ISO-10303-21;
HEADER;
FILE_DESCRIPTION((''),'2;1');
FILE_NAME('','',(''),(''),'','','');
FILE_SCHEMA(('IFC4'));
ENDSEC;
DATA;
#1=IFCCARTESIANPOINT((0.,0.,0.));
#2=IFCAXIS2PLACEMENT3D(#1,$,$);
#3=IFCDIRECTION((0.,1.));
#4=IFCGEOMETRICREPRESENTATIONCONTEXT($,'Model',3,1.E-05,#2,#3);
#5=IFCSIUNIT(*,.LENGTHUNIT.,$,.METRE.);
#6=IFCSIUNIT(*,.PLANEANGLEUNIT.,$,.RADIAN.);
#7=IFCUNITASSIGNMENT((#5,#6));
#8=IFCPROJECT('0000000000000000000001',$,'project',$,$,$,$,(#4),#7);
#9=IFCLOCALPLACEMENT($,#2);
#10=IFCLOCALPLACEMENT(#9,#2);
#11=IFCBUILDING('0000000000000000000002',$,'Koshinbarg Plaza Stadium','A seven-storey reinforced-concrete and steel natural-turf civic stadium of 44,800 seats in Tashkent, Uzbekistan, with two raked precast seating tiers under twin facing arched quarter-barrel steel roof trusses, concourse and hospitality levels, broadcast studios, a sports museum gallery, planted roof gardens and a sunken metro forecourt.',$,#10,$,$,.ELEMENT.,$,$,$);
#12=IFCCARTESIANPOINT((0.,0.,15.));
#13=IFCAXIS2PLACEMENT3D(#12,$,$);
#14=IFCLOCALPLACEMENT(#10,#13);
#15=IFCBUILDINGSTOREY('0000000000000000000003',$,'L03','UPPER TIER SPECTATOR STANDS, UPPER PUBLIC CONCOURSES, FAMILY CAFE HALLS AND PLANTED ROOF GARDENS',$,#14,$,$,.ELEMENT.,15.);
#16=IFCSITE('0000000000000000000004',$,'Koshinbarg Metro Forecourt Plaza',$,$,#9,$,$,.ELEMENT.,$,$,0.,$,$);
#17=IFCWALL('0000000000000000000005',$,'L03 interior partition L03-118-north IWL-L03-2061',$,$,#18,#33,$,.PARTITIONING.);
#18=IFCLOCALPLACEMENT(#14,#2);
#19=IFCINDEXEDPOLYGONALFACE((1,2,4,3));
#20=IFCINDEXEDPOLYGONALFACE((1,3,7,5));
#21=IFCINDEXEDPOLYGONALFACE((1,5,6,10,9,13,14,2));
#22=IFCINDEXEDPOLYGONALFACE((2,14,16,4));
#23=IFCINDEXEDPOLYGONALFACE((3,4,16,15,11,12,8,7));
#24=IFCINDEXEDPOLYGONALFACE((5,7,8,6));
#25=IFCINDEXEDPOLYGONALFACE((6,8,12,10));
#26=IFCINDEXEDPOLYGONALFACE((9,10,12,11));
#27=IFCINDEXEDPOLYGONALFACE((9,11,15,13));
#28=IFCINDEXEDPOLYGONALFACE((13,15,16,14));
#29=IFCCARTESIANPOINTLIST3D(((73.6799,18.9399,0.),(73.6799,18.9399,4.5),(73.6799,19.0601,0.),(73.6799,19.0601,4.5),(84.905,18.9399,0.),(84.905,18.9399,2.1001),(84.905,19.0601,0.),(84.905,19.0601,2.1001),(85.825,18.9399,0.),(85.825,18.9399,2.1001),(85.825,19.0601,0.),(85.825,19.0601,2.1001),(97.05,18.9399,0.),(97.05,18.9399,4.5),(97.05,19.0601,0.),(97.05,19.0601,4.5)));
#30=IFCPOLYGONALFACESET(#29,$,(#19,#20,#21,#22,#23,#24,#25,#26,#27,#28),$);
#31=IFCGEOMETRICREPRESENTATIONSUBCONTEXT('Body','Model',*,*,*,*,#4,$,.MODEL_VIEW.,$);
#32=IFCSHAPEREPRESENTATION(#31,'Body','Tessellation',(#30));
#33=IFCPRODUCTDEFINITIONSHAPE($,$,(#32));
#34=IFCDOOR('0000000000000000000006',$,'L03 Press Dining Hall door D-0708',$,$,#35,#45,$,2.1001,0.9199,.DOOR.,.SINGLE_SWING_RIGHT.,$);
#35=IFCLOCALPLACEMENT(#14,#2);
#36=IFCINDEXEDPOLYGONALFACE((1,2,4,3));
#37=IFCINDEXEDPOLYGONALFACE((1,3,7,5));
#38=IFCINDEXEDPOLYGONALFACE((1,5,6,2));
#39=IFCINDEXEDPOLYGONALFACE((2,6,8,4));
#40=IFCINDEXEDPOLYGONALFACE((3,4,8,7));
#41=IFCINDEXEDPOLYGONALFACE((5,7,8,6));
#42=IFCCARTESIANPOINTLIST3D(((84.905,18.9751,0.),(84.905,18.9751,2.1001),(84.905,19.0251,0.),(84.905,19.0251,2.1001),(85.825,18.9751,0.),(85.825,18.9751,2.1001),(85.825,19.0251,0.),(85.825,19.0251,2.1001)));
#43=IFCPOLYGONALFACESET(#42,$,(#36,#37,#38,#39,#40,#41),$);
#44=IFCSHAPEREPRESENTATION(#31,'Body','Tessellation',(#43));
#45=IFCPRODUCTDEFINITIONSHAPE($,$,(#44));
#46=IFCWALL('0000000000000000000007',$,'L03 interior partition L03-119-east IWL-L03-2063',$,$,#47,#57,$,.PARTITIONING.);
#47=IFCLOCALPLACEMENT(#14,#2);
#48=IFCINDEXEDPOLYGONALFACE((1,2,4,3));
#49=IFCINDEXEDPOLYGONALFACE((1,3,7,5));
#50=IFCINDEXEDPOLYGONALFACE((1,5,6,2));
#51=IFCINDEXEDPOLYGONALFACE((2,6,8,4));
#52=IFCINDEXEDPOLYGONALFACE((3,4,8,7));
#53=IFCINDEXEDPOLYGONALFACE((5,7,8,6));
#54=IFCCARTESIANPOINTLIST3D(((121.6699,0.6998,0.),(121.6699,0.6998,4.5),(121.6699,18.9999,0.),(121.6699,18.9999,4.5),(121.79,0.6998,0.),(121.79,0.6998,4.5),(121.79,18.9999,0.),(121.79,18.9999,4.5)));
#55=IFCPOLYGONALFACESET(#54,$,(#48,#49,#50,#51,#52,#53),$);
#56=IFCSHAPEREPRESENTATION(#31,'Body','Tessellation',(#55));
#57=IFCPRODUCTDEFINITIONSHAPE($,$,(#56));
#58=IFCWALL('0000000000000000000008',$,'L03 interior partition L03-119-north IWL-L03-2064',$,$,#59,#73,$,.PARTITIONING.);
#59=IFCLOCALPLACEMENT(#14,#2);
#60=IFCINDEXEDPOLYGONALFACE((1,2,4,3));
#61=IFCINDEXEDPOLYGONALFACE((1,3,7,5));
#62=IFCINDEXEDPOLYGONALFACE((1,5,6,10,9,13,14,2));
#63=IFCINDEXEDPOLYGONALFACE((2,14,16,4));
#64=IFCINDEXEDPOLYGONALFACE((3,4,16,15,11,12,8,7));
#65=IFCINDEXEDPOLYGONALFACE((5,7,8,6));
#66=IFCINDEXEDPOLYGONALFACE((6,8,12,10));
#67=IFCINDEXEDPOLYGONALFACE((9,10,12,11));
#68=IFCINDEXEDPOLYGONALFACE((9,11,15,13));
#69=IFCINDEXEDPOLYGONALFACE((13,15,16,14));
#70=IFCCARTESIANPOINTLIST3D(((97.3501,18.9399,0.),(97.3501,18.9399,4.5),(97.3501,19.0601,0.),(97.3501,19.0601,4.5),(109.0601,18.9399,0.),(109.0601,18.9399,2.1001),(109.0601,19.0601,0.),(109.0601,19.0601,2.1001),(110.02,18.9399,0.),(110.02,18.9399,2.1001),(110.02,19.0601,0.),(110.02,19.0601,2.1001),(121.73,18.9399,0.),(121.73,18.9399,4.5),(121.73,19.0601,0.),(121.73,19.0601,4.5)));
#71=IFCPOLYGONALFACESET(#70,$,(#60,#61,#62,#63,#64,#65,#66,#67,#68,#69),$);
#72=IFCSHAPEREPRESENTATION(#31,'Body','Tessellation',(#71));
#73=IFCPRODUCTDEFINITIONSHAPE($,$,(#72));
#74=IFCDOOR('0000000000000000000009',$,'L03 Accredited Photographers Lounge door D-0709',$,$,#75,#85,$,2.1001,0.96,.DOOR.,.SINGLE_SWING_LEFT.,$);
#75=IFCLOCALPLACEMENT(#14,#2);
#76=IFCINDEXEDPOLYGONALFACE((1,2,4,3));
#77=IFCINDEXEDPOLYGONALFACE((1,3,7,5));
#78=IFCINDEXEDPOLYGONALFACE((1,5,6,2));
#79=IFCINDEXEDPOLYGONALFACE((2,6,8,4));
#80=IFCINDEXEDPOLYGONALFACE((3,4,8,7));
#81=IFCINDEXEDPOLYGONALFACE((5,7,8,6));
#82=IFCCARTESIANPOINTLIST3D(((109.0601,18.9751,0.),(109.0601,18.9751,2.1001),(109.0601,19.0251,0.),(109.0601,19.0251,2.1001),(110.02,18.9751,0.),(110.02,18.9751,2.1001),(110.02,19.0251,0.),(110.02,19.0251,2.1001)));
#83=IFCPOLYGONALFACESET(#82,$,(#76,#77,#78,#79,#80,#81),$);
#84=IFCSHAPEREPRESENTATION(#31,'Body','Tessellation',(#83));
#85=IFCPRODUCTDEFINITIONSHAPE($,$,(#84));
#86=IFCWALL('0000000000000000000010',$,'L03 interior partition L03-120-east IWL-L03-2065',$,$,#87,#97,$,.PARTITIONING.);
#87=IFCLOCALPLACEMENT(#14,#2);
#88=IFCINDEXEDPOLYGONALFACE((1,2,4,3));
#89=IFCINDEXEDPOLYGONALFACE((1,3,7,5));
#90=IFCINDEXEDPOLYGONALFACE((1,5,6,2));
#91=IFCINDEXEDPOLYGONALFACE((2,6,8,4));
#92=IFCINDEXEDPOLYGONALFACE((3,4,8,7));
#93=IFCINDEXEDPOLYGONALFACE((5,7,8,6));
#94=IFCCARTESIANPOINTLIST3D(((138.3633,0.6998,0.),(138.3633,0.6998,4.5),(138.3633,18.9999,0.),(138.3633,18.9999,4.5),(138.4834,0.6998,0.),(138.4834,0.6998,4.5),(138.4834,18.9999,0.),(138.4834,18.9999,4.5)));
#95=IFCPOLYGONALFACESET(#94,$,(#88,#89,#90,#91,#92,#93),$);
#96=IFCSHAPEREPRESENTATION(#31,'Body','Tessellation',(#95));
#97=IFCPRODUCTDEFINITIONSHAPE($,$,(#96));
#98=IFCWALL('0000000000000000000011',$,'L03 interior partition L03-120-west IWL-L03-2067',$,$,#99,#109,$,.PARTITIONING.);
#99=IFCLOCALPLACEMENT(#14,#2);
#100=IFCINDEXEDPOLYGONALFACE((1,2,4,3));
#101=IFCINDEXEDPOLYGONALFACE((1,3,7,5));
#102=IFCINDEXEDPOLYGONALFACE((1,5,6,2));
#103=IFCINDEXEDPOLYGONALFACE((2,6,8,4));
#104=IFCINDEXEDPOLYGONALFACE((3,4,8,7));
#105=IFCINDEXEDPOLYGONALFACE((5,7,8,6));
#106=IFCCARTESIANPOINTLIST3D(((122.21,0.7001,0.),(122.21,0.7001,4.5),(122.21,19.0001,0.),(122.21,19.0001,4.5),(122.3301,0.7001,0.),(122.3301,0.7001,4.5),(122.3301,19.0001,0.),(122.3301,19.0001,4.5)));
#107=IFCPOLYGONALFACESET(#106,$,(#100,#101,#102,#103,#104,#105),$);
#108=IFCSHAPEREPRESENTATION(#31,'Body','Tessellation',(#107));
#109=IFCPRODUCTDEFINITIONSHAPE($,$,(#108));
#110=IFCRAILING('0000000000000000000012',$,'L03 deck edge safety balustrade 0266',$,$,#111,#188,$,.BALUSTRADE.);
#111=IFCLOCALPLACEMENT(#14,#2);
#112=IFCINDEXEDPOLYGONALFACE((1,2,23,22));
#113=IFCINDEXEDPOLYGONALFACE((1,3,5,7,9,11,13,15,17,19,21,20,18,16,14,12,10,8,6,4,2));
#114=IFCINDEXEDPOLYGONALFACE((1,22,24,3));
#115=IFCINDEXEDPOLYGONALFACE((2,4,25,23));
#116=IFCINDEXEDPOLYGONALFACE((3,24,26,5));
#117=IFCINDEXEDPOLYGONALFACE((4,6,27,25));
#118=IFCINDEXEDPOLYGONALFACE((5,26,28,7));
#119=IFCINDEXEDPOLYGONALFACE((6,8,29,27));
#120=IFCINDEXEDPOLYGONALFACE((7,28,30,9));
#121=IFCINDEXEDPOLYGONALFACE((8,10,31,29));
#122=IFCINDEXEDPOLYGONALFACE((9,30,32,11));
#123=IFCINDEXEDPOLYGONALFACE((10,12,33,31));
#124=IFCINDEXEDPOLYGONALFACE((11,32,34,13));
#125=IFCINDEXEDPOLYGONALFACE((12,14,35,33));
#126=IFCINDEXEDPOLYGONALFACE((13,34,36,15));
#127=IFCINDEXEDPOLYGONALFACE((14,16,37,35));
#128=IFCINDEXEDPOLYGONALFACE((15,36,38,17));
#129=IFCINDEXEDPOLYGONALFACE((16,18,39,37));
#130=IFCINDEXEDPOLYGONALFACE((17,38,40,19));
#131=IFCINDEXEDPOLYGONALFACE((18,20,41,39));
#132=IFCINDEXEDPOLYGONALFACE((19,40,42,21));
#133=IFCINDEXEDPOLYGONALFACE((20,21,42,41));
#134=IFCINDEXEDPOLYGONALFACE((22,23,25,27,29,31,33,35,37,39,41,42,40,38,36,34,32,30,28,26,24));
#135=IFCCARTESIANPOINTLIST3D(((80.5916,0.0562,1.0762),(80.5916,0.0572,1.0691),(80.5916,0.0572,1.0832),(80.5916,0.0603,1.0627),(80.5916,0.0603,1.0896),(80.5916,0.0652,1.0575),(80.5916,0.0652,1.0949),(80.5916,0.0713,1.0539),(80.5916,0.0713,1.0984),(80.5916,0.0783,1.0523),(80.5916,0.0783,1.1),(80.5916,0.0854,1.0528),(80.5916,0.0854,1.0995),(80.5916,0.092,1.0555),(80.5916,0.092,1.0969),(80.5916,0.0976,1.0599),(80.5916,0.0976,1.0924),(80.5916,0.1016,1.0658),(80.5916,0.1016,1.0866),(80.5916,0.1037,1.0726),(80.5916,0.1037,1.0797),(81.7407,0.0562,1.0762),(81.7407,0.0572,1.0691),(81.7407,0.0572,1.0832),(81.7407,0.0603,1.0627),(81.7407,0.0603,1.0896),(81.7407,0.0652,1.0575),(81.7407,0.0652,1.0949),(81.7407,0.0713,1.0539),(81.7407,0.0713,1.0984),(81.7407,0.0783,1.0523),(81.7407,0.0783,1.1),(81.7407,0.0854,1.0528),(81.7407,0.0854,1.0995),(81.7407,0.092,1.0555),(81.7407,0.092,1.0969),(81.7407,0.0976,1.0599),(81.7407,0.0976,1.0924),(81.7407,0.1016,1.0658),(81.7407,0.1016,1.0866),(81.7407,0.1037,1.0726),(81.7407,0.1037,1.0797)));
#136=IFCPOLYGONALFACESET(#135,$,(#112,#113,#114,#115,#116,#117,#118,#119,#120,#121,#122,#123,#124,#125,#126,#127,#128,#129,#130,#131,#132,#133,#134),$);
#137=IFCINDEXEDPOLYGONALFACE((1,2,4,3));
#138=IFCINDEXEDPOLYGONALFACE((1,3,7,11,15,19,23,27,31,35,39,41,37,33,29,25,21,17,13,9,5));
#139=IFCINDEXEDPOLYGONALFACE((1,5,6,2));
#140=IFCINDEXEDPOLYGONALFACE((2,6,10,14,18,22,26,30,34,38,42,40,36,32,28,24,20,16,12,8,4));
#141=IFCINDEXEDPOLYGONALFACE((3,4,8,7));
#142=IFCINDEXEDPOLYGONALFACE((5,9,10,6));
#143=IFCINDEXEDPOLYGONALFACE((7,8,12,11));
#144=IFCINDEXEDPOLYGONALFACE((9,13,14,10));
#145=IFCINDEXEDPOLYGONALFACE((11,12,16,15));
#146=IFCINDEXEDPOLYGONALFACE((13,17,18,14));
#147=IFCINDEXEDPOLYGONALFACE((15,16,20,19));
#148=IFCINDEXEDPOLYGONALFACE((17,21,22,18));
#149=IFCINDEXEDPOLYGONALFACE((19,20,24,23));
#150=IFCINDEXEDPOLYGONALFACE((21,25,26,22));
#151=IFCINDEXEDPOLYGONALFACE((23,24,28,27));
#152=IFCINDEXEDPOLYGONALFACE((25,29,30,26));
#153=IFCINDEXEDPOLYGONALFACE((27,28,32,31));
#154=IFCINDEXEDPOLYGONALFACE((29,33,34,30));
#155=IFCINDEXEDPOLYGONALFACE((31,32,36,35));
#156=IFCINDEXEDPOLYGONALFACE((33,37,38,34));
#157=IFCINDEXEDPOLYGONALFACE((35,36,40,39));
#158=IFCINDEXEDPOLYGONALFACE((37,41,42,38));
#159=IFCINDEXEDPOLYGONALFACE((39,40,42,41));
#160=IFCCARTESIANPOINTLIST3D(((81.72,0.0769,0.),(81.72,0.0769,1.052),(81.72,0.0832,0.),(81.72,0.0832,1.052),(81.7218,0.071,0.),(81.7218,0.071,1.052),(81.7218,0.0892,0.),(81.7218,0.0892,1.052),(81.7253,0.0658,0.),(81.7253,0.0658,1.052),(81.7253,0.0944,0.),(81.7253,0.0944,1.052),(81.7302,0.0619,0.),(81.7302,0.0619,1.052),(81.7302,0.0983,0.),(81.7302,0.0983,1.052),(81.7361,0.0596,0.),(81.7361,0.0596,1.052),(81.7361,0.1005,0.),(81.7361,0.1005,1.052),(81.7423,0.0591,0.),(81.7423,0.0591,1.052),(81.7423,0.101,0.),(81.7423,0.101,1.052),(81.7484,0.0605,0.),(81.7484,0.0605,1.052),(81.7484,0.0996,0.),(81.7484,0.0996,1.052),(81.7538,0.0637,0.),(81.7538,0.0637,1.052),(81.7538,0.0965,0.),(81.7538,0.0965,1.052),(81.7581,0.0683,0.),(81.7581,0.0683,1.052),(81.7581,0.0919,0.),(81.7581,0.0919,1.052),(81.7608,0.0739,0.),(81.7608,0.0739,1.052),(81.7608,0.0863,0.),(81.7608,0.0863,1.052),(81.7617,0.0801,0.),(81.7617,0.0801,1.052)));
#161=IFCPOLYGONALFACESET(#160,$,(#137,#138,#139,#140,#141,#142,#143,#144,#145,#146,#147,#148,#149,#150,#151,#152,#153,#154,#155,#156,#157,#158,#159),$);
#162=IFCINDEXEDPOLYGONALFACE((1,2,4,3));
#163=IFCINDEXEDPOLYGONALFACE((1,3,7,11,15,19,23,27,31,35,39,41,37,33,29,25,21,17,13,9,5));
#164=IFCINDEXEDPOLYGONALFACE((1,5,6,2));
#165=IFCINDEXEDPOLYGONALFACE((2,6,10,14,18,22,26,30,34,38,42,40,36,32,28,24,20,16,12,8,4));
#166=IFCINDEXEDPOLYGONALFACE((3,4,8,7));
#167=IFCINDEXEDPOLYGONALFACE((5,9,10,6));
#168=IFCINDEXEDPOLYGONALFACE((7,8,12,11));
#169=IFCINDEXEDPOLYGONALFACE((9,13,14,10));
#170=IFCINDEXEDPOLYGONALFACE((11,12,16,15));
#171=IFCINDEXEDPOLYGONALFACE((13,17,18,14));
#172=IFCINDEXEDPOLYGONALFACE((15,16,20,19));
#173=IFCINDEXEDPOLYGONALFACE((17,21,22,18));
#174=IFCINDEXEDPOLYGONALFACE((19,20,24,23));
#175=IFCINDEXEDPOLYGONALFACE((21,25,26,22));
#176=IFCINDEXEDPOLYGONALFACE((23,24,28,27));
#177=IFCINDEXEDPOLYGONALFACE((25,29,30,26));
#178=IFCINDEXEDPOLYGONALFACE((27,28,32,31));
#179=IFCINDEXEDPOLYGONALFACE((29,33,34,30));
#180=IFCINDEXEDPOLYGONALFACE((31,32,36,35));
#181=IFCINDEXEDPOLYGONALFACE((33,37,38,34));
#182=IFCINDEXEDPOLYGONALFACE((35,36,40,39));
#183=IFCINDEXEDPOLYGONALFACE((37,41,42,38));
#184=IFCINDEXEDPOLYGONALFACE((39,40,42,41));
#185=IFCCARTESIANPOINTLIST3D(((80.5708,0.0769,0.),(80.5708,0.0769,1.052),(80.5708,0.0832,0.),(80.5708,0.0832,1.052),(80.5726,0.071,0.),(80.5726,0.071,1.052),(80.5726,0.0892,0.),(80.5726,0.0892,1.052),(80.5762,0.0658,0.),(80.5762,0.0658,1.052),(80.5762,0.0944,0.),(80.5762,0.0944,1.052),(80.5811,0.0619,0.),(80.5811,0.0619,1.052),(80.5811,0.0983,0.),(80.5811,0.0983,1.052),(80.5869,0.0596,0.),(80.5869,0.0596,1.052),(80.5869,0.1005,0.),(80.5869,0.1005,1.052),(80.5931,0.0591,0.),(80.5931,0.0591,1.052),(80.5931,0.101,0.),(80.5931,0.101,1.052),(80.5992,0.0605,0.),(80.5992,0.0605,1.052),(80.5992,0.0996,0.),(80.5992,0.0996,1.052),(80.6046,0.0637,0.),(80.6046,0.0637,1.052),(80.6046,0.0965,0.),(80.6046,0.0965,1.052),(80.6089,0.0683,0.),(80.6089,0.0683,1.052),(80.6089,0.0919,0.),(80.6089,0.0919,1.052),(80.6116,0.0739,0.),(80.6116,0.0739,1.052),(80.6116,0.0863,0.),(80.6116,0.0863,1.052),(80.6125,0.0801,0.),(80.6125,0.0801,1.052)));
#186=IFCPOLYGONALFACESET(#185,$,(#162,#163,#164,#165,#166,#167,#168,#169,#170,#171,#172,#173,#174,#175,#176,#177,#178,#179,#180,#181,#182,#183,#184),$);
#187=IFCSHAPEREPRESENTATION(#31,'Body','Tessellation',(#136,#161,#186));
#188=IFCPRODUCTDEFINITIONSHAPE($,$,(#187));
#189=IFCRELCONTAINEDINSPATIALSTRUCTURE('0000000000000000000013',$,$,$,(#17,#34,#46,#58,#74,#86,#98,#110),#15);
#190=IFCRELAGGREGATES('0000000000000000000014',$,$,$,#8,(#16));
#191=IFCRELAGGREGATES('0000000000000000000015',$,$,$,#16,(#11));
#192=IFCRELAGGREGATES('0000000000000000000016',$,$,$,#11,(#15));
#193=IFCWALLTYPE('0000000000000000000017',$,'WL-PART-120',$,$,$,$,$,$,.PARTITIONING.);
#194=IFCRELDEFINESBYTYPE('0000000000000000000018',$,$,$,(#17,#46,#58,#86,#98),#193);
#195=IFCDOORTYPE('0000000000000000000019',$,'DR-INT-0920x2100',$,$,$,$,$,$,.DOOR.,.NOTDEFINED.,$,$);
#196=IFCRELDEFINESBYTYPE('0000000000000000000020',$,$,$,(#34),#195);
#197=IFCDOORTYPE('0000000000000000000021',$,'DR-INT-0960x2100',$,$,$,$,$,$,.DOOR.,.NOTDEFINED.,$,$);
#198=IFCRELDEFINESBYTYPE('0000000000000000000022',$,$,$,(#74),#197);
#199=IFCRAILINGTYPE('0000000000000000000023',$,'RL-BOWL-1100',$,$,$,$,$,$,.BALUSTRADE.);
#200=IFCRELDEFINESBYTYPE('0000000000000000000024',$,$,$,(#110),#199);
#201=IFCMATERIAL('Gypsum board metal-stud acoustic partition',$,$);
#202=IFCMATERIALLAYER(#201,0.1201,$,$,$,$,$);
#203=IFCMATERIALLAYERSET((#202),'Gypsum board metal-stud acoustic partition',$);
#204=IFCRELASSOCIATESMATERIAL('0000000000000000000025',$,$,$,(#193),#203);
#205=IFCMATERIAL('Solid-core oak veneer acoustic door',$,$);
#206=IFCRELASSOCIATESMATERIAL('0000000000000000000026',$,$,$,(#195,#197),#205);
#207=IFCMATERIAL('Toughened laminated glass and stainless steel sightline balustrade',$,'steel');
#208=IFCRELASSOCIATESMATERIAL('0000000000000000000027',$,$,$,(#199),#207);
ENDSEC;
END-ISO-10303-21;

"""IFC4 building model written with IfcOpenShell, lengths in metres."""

from ifc_helpers import new_model, si_unit, direction, frame, frame_2d, origin, origin_2d, place, context, subcontext, project, spatial, rectangle, circle, extrude, material, layer, layer_set, type_object, element, fill, save


model = new_model("IFC4")

# Units and contexts
model_context = context("Model", 3, precision=1e-05, world=origin(), true_north=direction((0.0, 1.0)))
body_context = subcontext(model_context, "Body", "Model", "MODEL_VIEW")
ifc_project = project(units=[si_unit("LENGTHUNIT", "METRE"), si_unit("PLANEANGLEUNIT", "RADIAN")], contexts=[model_context])

# Site, building, storey
site_placement = place(None, origin())
site = spatial("IfcSite", under=ifc_project, at=site_placement, Name="Koshinbarg Metro Forecourt Plaza", CompositionType="ELEMENT", RefElevation=0.0)
building_placement = place(site_placement, origin())
building = spatial("IfcBuilding", under=site, at=building_placement, Name="Koshinbarg Plaza Stadium", Description="A seven-storey reinforced-concrete and steel natural-turf civic stadium of 44,800 seats in Tashkent, Uzbekistan, with two raked precast seating tiers under twin facing arched quarter-barrel steel roof trusses, concourse and hospitality levels, broadcast studios, a sports museum gallery, planted roof gardens and a sunken metro forecourt.", CompositionType="ELEMENT")
storey_placement = place(building_placement, frame((0.0, 0.0, 15.0)))
storey = spatial("IfcBuildingStorey", under=building, at=storey_placement, Name="L03", Description="UPPER TIER SPECTATOR STANDS, UPPER PUBLIC CONCOURSES, FAMILY CAFE HALLS AND PLANTED ROOF GARDENS", CompositionType="ELEMENT", Elevation=15.0)

# Shared definitions
ifc_material_1 = material(Name="Gypsum board metal-stud acoustic partition")
ifc_layer_1 = layer(ifc_material_1, 0.1201)
ifc_layer_set_1 = layer_set([ifc_layer_1], Name="Gypsum board metal-stud acoustic partition")
wall_type_1 = type_object("IfcWallType", Name="WL-PART-120", PredefinedType="PARTITIONING", material=ifc_layer_set_1)

# Wall, opening, door
wall_1_placement = place(storey_placement, frame((97.05, 19.0, 0.0), z_axis=(0.0, 0.0, 1.0), x_axis=(-1.0, 0.0, 0.0)))
wall_1 = element("IfcWall", 1, at=wall_1_placement, inside=storey, type_object=wall_type_1, Name="L03 interior partition L03-118-north IWL-L03-2061", PredefinedType="PARTITIONING", context=body_context, shape_type="SweptSolid", body=[
    extrude(rectangle(XDim=23.3701, YDim=0.1201, at=frame_2d((11.6851, 0.0))), origin(), (0.0, 0.0, 1.0), 4.5),
])
opening_1_placement = place(wall_1_placement, frame((11.2251, 0.0, 0.0)))
opening_1 = element("IfcOpeningElement", 2, at=opening_1_placement, cuts=wall_1, PredefinedType="OPENING", context=body_context, shape_type="SweptSolid", body=[
    extrude(rectangle(XDim=0.9199, YDim=2.1001, at=frame_2d((0.46, 1.05))), frame((0.0, 0.0701, 0.0), z_axis=(0.0, -1.0, 0.0), x_axis=(1.0, 0.0, 0.0)), (0.0, 0.0, 1.0), 0.1401),
])
ifc_material_2 = material(Name="Solid-core oak veneer acoustic door")
door_type_1 = type_object("IfcDoorType", Name="DR-INT-0920x2100", OperationType="NOTDEFINED", PredefinedType="DOOR", material=ifc_material_2)
door_1_placement = place(opening_1_placement, origin())
door_1 = element("IfcDoor", 3, at=door_1_placement, inside=storey, type_object=door_type_1, Name="L03 Press Dining Hall door D-0708", OperationType="SINGLE_SWING_RIGHT", OverallHeight=2.1001, OverallWidth=0.9199, PredefinedType="DOOR", context=body_context, shape_type="SweptSolid", body=[
    extrude(rectangle(XDim=0.9199, YDim=2.1001, at=frame_2d((0.46, 1.05))), frame((0.0, 0.0249, 0.0), z_axis=(0.0, -1.0, 0.0), x_axis=(1.0, 0.0, 0.0)), (0.0, 0.0, 1.0), 0.05),
])
fill(opening_1, door_1)

# Wall
wall_2_placement = place(storey_placement, frame((121.73, 0.7, 0.0), z_axis=(0.0, 0.0, 1.0), x_axis=(0.0, 1.0, 0.0)))
element("IfcWall", 4, at=wall_2_placement, inside=storey, type_object=wall_type_1, Name="L03 interior partition L03-119-east IWL-L03-2063", PredefinedType="PARTITIONING", context=body_context, shape_type="SweptSolid", body=[
    extrude(rectangle(XDim=18.3, YDim=0.1201, at=frame_2d((9.1499, 0.0))), origin(), (0.0, 0.0, 1.0), 4.5),
])

# Wall, opening, door
wall_3_placement = place(storey_placement, frame((121.73, 19.0, 0.0), z_axis=(0.0, 0.0, 1.0), x_axis=(-1.0, 0.0, 0.0)))
wall_3 = element("IfcWall", 5, at=wall_3_placement, inside=storey, type_object=wall_type_1, Name="L03 interior partition L03-119-north IWL-L03-2064", PredefinedType="PARTITIONING", context=body_context, shape_type="SweptSolid", body=[
    extrude(rectangle(XDim=24.3799, YDim=0.1201, at=frame_2d((12.1899, 0.0))), origin(), (0.0, 0.0, 1.0), 4.5),
])
opening_2_placement = place(wall_3_placement, frame((11.71, 0.0, 0.0)))
opening_2 = element("IfcOpeningElement", 6, at=opening_2_placement, cuts=wall_3, PredefinedType="OPENING", context=body_context, shape_type="SweptSolid", body=[
    extrude(rectangle(XDim=0.96, YDim=2.1001, at=frame_2d((0.48, 1.05))), frame((0.0, 0.0701, 0.0), z_axis=(0.0, -1.0, 0.0), x_axis=(1.0, 0.0, 0.0)), (0.0, 0.0, 1.0), 0.1401),
])
door_type_2 = type_object("IfcDoorType", Name="DR-INT-0960x2100", OperationType="NOTDEFINED", PredefinedType="DOOR", material=ifc_material_2)
door_2_placement = place(opening_2_placement, origin())
door_2 = element("IfcDoor", 7, at=door_2_placement, inside=storey, type_object=door_type_2, Name="L03 Accredited Photographers Lounge door D-0709", OperationType="SINGLE_SWING_LEFT", OverallHeight=2.1001, OverallWidth=0.96, PredefinedType="DOOR", context=body_context, shape_type="SweptSolid", body=[
    extrude(rectangle(XDim=0.96, YDim=2.1001, at=frame_2d((0.48, 1.05))), frame((0.0, 0.0249, 0.0), z_axis=(0.0, -1.0, 0.0), x_axis=(1.0, 0.0, 0.0)), (0.0, 0.0, 1.0), 0.05),
])
fill(opening_2, door_2)

# Walls
for number, where, z_axis, x_axis, name in (
    (8, (138.4233, 0.7, 0.0), (0.0, 0.0, 1.0), (0.0, 1.0, 0.0), "L03 interior partition L03-120-east IWL-L03-2065"),
    (9, (122.27, 19.0, 0.0), (0.0, 0.0, 1.0), (0.0, -1.0, 0.0), "L03 interior partition L03-120-west IWL-L03-2067"),
):
    element("IfcWall", number, at=place(storey_placement, frame(where, z_axis=z_axis, x_axis=x_axis)), inside=storey, type_object=wall_type_1, Name=name, PredefinedType="PARTITIONING", context=body_context, shape_type="SweptSolid", body=[
        extrude(rectangle(XDim=18.3, YDim=0.1201, at=frame_2d((9.1499, 0.0))), origin(), (0.0, 0.0, 1.0), 4.5),
    ])

# Railing
ifc_material_3 = material(Name="Toughened laminated glass and stainless steel sightline balustrade", Category="steel")
railing_type = type_object("IfcRailingType", Name="RL-BOWL-1100", PredefinedType="BALUSTRADE", material=ifc_material_3)
railing_placement = place(storey_placement, frame((81.7407, 0.0801, 0.0)))
element("IfcRailing", 10, at=railing_placement, inside=storey, type_object=railing_type, Name="L03 deck edge safety balustrade 0266", PredefinedType="BALUSTRADE", context=body_context, shape_type="SweptSolid", body=[
    extrude(circle(Radius=0.0239, at=origin_2d()), frame((0.0, 0.0, 1.0762), z_axis=(-1.0, 0.0, 0.0), x_axis=(0.0, -1.0, 0.0)), (0.0, 0.0, 1.0), 1.1492),
    extrude(circle(Radius=0.021, at=origin_2d()), origin(), (0.0, 0.0, 1.0), 1.052),
    extrude(circle(Radius=0.021, at=origin_2d()), frame((-1.1492, 0.0, 0.0)), (0.0, 0.0, 1.0), 1.052),
])

save(model, "model.ifc")
